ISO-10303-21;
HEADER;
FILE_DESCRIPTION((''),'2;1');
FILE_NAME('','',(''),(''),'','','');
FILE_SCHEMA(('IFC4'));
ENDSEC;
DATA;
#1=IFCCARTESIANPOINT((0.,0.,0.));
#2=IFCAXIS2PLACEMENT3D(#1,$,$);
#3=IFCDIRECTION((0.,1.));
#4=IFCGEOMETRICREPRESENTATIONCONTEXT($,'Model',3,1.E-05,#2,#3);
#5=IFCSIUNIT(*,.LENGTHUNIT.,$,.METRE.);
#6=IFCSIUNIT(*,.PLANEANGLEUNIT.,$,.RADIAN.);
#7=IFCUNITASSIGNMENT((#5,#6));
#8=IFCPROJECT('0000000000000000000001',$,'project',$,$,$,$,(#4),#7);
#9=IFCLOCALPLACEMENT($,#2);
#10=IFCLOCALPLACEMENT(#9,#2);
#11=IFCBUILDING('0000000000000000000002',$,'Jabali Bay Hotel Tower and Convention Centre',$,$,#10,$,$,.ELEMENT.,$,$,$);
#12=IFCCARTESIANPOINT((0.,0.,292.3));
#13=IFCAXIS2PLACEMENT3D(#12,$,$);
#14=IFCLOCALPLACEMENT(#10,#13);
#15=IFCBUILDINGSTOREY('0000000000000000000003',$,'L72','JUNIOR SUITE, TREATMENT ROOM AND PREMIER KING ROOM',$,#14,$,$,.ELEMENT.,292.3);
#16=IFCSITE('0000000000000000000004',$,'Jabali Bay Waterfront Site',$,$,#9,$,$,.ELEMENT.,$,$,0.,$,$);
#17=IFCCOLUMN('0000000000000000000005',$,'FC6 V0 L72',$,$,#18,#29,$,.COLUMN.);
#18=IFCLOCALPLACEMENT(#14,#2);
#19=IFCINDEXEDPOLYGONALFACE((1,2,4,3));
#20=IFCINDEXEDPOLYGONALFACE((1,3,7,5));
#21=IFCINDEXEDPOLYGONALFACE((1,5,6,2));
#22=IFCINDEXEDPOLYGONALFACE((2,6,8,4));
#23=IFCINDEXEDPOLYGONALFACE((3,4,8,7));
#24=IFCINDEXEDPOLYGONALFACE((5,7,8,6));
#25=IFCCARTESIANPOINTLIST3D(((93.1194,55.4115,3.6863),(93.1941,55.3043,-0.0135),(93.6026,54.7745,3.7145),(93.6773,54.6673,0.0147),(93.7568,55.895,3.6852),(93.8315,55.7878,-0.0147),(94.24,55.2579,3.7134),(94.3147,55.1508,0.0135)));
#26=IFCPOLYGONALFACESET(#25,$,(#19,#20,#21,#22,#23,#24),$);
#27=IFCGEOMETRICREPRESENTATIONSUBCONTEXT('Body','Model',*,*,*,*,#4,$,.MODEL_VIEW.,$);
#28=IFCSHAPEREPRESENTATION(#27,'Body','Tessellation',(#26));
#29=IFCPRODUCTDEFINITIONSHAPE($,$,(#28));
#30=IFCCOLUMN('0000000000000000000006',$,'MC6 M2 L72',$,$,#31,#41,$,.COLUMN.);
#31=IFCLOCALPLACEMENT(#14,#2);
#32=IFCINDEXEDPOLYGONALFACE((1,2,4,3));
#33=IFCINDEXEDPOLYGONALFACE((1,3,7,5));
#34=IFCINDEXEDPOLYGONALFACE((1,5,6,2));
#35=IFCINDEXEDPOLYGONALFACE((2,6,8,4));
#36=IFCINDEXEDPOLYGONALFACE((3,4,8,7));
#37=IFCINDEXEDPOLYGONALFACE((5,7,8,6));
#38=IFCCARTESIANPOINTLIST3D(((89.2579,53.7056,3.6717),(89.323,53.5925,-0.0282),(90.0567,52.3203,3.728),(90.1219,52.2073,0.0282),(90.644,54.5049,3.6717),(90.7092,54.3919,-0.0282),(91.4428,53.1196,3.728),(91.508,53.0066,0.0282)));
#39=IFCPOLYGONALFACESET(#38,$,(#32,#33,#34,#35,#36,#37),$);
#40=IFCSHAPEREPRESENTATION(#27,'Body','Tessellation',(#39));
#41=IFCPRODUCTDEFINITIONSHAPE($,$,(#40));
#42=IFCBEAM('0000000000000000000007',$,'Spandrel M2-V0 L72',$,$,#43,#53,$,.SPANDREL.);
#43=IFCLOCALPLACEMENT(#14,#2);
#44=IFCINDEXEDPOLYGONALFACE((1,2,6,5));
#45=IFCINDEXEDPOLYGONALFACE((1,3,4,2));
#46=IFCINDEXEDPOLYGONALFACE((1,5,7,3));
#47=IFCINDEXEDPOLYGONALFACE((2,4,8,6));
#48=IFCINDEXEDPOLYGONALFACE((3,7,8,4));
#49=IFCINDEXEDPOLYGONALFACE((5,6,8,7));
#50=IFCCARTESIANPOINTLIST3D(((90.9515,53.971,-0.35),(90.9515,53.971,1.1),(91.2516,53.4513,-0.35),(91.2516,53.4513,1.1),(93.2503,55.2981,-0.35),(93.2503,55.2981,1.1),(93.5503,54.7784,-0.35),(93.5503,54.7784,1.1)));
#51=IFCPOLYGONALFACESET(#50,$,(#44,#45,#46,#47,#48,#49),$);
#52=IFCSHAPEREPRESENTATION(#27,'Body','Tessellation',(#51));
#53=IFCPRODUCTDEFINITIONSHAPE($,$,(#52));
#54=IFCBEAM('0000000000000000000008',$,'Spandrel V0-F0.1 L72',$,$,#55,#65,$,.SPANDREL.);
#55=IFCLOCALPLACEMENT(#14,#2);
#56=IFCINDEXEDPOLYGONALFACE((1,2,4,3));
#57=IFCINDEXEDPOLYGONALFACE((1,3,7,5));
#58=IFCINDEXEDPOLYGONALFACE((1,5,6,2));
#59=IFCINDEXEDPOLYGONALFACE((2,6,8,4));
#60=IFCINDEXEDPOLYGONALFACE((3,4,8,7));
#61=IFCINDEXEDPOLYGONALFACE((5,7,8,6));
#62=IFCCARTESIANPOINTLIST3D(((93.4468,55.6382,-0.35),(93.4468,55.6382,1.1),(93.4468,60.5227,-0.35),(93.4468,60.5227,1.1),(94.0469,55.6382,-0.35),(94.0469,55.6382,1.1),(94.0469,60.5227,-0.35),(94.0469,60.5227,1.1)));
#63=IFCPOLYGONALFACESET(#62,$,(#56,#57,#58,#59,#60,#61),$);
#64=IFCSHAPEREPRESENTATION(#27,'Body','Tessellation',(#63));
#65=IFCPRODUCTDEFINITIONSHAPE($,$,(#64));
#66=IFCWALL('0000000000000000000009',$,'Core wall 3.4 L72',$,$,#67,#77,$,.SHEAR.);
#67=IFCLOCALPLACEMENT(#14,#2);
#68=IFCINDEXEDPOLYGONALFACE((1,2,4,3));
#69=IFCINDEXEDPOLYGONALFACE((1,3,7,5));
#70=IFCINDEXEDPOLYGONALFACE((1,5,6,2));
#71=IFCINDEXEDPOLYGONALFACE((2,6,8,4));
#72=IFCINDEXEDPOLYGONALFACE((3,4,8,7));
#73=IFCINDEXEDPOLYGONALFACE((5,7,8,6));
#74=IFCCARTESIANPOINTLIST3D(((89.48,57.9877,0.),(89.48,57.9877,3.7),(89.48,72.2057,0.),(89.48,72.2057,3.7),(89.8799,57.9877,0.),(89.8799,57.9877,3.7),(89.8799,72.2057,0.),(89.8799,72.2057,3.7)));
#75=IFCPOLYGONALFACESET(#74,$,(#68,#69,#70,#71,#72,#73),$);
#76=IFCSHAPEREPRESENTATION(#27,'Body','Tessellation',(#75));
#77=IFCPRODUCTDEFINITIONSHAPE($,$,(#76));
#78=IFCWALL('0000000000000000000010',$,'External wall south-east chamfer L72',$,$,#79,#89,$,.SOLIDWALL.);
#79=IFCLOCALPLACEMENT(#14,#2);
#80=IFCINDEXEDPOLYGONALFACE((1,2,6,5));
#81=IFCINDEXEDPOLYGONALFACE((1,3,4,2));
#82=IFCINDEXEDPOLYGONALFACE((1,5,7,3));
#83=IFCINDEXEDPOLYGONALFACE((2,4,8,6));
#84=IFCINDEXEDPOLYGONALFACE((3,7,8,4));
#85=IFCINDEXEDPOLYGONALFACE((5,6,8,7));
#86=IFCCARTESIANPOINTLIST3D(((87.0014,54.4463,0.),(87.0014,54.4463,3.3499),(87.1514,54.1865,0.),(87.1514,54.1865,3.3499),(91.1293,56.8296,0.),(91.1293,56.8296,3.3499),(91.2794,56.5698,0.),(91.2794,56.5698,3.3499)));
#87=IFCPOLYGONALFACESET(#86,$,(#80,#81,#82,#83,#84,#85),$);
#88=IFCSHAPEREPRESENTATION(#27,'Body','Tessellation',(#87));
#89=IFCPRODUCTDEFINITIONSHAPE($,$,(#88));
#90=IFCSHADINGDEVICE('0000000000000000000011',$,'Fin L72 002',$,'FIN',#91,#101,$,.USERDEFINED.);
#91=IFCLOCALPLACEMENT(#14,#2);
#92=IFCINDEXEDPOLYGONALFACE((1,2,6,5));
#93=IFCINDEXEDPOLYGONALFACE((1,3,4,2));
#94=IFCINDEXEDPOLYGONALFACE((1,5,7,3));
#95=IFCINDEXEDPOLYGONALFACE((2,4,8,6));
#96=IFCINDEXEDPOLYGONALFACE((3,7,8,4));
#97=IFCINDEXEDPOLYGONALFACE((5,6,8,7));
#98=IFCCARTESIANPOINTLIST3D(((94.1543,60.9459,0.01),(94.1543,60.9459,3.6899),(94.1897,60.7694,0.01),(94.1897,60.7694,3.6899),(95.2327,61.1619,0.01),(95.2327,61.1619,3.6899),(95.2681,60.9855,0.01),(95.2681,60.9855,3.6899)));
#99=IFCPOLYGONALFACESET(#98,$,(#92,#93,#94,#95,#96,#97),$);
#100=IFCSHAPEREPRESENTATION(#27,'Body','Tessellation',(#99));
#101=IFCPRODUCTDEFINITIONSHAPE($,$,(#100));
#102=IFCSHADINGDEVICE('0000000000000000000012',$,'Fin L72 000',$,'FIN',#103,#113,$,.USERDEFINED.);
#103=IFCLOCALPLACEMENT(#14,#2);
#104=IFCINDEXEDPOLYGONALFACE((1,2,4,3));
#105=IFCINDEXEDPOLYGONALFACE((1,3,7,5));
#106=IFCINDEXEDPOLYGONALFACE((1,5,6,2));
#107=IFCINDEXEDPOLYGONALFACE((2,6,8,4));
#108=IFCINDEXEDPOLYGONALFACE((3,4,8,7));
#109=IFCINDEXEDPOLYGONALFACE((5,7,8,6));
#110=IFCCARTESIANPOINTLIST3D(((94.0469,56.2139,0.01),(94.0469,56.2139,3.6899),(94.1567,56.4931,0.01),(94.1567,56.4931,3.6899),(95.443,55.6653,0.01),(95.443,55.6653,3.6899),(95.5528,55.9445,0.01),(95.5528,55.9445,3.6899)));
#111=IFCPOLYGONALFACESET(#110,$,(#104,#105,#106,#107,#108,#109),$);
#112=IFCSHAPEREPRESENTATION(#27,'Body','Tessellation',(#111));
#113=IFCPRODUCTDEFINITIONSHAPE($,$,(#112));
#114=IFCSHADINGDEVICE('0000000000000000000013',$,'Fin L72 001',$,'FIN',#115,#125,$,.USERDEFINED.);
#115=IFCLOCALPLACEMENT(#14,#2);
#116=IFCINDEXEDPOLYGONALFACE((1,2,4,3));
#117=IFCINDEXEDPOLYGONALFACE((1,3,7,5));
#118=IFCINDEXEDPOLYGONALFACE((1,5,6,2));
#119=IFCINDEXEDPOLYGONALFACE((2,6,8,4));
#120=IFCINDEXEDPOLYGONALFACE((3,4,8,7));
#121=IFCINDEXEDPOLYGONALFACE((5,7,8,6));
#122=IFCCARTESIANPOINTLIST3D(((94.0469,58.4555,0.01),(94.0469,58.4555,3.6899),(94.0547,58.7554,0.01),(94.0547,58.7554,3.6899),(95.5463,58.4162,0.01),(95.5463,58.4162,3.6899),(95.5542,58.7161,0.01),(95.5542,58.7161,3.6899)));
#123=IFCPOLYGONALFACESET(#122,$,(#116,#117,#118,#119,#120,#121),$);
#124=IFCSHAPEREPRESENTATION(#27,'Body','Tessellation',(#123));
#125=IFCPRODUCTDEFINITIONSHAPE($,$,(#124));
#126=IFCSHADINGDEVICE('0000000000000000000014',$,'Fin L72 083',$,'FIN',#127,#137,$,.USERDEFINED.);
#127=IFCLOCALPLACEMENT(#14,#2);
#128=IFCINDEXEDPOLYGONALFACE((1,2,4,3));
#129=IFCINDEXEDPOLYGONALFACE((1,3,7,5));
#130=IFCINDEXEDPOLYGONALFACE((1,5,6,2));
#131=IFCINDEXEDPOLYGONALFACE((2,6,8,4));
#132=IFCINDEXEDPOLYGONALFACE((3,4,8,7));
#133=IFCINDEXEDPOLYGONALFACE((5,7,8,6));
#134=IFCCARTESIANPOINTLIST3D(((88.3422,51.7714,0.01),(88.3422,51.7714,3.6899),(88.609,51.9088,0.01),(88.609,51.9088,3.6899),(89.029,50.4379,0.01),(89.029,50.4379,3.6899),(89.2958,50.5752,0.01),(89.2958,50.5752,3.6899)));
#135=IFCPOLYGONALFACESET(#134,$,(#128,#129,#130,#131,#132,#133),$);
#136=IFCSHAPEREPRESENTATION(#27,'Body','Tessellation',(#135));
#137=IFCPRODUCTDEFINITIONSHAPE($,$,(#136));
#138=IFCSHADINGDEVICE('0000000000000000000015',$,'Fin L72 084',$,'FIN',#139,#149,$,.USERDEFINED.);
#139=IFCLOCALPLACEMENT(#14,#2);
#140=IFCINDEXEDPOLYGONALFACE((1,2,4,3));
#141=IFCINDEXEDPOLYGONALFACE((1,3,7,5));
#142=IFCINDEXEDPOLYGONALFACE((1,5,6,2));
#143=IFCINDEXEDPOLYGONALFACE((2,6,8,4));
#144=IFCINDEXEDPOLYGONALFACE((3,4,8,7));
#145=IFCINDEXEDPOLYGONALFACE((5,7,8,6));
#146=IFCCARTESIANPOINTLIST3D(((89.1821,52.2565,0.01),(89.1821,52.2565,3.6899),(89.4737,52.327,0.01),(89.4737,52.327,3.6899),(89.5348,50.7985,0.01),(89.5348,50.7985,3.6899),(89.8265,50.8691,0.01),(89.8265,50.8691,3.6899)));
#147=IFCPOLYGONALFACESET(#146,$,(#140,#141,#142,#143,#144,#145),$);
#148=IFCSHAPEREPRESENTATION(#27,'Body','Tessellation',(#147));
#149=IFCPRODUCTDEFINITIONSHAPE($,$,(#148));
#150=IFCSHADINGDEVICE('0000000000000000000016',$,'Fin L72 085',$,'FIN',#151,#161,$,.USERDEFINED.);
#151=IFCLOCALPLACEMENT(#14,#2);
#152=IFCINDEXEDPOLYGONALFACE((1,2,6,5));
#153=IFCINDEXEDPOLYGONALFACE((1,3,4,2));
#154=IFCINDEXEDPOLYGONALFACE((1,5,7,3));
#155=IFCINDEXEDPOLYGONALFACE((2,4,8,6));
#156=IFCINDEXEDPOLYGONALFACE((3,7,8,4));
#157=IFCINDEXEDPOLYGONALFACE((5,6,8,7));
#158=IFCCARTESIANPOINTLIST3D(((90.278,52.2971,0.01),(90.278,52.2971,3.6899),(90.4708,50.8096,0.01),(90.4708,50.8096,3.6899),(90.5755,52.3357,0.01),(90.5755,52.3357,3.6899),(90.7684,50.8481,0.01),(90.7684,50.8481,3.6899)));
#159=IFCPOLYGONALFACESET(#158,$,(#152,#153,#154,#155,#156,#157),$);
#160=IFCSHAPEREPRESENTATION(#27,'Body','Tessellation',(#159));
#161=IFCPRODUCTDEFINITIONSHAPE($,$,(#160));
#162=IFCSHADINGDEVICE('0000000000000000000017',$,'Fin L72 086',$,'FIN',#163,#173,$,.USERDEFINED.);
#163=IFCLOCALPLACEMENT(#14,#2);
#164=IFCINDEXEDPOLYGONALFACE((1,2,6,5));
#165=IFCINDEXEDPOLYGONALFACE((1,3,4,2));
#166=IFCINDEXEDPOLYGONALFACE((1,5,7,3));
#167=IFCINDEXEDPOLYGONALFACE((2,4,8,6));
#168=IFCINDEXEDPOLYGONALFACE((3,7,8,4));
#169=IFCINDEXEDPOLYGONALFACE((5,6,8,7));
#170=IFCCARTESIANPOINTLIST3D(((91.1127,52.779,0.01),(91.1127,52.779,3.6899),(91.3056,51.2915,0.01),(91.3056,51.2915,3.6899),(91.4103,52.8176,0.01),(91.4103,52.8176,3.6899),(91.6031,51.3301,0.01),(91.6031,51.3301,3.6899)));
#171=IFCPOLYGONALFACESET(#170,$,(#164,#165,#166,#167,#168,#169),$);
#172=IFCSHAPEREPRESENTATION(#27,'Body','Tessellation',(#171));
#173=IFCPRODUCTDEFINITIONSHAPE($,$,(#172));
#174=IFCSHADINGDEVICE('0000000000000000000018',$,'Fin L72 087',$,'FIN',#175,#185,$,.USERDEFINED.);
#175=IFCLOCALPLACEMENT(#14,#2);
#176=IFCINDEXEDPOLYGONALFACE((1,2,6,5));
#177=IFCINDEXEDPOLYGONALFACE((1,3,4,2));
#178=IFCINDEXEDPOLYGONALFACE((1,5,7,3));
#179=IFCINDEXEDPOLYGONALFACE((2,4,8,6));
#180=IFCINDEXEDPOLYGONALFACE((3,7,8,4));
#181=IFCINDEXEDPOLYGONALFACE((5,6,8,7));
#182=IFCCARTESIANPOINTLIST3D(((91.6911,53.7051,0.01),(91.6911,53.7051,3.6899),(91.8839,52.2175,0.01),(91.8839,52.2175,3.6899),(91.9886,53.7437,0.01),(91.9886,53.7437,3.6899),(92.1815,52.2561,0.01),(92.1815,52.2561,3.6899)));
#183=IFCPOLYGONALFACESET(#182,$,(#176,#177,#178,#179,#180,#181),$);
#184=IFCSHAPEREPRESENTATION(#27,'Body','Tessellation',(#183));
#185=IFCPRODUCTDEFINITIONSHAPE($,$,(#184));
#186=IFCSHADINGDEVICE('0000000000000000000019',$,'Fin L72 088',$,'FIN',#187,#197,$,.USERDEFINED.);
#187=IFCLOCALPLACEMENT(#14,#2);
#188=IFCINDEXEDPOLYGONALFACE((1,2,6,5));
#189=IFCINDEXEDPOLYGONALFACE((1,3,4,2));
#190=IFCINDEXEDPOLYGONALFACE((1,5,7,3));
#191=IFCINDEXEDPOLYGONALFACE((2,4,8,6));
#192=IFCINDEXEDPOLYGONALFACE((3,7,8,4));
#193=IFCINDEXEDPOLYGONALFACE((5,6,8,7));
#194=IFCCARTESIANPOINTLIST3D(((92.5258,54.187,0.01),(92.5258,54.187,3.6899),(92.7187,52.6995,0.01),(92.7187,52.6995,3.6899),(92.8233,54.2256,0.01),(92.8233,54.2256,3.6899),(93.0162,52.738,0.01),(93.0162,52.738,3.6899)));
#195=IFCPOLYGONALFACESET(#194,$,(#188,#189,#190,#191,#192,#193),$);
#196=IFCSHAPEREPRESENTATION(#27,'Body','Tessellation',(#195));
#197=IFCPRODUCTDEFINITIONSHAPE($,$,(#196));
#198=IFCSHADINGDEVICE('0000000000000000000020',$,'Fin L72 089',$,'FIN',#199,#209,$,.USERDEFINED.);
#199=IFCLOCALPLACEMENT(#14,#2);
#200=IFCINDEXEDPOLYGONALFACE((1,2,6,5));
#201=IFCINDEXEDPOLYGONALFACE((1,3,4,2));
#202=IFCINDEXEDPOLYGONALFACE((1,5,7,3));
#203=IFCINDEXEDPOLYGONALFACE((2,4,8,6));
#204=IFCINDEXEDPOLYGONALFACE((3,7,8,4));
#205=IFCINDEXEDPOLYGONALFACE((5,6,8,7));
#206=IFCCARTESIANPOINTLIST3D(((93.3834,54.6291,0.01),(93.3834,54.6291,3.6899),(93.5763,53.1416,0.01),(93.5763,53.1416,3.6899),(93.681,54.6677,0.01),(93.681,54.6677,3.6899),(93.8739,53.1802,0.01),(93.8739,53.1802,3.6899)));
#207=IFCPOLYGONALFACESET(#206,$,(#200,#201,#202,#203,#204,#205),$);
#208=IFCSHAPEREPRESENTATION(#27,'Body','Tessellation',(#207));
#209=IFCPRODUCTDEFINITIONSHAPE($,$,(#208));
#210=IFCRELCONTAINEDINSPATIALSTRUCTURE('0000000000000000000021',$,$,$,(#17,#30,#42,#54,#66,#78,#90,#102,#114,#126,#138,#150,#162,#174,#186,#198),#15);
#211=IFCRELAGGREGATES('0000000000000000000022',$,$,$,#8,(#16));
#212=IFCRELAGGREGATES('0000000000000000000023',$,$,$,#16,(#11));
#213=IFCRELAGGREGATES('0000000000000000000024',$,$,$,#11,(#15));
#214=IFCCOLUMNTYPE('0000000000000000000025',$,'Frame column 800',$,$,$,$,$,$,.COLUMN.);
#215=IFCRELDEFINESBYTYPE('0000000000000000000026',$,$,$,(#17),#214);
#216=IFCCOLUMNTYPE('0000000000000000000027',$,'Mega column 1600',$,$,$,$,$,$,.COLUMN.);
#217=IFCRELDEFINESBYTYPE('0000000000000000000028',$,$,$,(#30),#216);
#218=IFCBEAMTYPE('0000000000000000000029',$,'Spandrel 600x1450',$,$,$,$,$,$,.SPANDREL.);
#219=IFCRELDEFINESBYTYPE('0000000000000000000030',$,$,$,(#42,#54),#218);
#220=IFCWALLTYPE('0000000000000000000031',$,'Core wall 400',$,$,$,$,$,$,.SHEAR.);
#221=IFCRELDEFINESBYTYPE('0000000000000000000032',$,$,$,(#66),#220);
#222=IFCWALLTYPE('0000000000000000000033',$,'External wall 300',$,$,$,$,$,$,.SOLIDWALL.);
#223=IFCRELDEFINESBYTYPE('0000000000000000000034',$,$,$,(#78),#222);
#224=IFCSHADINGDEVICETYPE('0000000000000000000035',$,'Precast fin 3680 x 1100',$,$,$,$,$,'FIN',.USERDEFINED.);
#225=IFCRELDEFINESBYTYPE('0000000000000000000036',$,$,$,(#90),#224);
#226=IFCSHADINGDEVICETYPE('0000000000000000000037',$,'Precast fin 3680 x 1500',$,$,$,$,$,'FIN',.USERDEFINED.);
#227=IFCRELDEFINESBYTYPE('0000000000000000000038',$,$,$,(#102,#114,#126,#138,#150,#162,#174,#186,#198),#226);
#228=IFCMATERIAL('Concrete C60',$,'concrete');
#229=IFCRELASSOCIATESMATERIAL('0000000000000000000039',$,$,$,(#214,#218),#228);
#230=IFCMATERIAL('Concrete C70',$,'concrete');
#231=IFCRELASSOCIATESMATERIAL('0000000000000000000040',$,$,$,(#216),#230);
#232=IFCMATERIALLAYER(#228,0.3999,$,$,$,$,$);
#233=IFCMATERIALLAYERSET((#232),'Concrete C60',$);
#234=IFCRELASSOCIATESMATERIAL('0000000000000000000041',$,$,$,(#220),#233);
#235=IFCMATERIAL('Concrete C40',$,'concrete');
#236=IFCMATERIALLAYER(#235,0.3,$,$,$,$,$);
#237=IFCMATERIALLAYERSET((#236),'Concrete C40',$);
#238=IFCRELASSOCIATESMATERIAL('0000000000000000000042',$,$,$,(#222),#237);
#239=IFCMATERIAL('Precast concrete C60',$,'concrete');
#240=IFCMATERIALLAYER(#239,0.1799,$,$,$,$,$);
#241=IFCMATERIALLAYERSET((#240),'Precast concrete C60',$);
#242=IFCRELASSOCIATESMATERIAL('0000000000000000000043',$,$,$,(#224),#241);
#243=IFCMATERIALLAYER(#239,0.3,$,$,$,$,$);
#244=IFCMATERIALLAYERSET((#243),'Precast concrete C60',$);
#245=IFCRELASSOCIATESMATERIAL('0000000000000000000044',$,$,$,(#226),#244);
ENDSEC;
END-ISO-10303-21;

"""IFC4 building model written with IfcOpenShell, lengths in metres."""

from ifc_helpers import new_model, si_unit, direction, frame, frame_2d, origin, origin_2d, place, context, subcontext, project, spatial, rectangle, extrude, material, layer, layer_set, material_profile, profile_set, type_object, element, save


model = new_model("IFC4")

# Units and contexts
model_context = context("Model", 3, precision=1e-05, world=origin(), true_north=direction((0.0, 1.0)))
body_context = subcontext(model_context, "Body", "Model", "MODEL_VIEW")
ifc_project = project(units=[si_unit("LENGTHUNIT", "METRE"), si_unit("PLANEANGLEUNIT", "RADIAN")], contexts=[model_context])

# Site, building, storey
site_placement = place(None, origin())
site = spatial("IfcSite", under=ifc_project, at=site_placement, Name="Jabali Bay Waterfront Site", CompositionType="ELEMENT", RefElevation=0.0)
building_placement = place(site_placement, origin())
building = spatial("IfcBuilding", under=site, at=building_placement, Name="Jabali Bay Hotel Tower and Convention Centre", CompositionType="ELEMENT")
storey_placement = place(building_placement, frame((0.0, 0.0, 292.3)))
storey = spatial("IfcBuildingStorey", under=building, at=storey_placement, Name="L72", Description="JUNIOR SUITE, TREATMENT ROOM AND PREMIER KING ROOM", CompositionType="ELEMENT", Elevation=292.3)

# Columns
ifc_material_1 = material(Name="Concrete C60", Category="concrete")
ifc_material_profile_1 = material_profile(ifc_material_1, rectangle(XDim=0.8, YDim=0.8, at=origin_2d()), Name="Frame column 800")
ifc_profile_set_1 = profile_set([ifc_material_profile_1], Name="Concrete C60")
column_type_1 = type_object("IfcColumnType", Name="Frame column 800", PredefinedType="COLUMN", material=ifc_profile_set_1)
column_1_placement = place(storey_placement, frame((93.7544, 55.2275, 0.0), z_axis=(-0.020179, 0.028949, 0.999377), x_axis=(-0.796754, -0.604302, 0.001417)))
element("IfcColumn", 1, at=column_1_placement, inside=storey, type_object=column_type_1, Name="FC6 V0 L72", PredefinedType="COLUMN", context=body_context, shape_type="SweptSolid", body=[
    extrude(rectangle(XDim=0.8, YDim=0.8, at=origin_2d()), origin(), (0.0, 0.0, 1.0), 3.7021),
])
ifc_material_2 = material(Name="Concrete C70", Category="concrete")
ifc_material_profile_2 = material_profile(ifc_material_2, rectangle(XDim=1.6001, YDim=1.6001, at=origin_2d()), Name="Mega column 1600")
ifc_profile_set_2 = profile_set([ifc_material_profile_2], Name="Concrete C70")
column_type_2 = type_object("IfcColumnType", Name="Mega column 1600", PredefinedType="COLUMN", material=ifc_profile_set_2)
column_2_placement = place(storey_placement, frame((90.4155, 53.2996, 0.0), z_axis=(-0.017607, 0.030532, 0.999379), x_axis=(0.499244, -0.865744, 0.035245)))
element("IfcColumn", 2, at=column_2_placement, inside=storey, type_object=column_type_2, Name="MC6 M2 L72", PredefinedType="COLUMN", context=body_context, shape_type="SweptSolid", body=[
    extrude(rectangle(XDim=1.6001, YDim=1.6001, at=origin_2d()), origin(), (0.0, 0.0, 1.0), 3.7021),
])

# Beams
ifc_material_profile_3 = material_profile(ifc_material_1, rectangle(XDim=0.6001, YDim=1.45, at=origin_2d()), Name="Spandrel 600x1450")
ifc_profile_set_3 = profile_set([ifc_material_profile_3], Name="Concrete C60")
beam_type = type_object("IfcBeamType", Name="Spandrel 600x1450", PredefinedType="SPANDREL", material=ifc_profile_set_3)
beam_1_placement = place(storey_placement, frame((91.1016, 53.7112, 0.375), z_axis=(0.866039, 0.499977, 0.0), x_axis=(-0.499977, 0.866039, 0.0)))
element("IfcBeam", 3, at=beam_1_placement, inside=storey, type_object=beam_type, Name="Spandrel M2-V0 L72", PredefinedType="SPANDREL", context=body_context, shape_type="SweptSolid", body=[
    extrude(rectangle(XDim=0.6001, YDim=1.45, at=origin_2d()), origin(), (0.0, 0.0, 1.0), 2.6543),
])
beam_2_placement = place(storey_placement, frame((93.7468, 55.6382, 0.375), z_axis=(0.0, 1.0, 0.0), x_axis=(-1.0, 0.0, 0.0)))
element("IfcBeam", 4, at=beam_2_placement, inside=storey, type_object=beam_type, Name="Spandrel V0-F0.1 L72", PredefinedType="SPANDREL", context=body_context, shape_type="SweptSolid", body=[
    extrude(rectangle(XDim=0.6001, YDim=1.45, at=origin_2d()), origin(), (0.0, 0.0, 1.0), 4.8845),
])

# Walls
ifc_layer_1 = layer(ifc_material_1, 0.3999)
ifc_layer_set_1 = layer_set([ifc_layer_1], Name="Concrete C60")
wall_type_1 = type_object("IfcWallType", Name="Core wall 400", PredefinedType="SHEAR", material=ifc_layer_set_1)
wall_1_placement = place(storey_placement, frame((89.6799, 57.9878, 0.0), z_axis=(0.0, 0.0, 1.0), x_axis=(0.0, 1.0, 0.0)))
element("IfcWall", 5, at=wall_1_placement, inside=storey, type_object=wall_type_1, Name="Core wall 3.4 L72", PredefinedType="SHEAR", context=body_context, shape_type="SweptSolid", body=[
    extrude(rectangle(XDim=14.218, YDim=0.3999, at=frame_2d((7.1089, 0.0))), origin(), (0.0, 0.0, 1.0), 3.7),
])
ifc_material_3 = material(Name="Concrete C40", Category="concrete")
ifc_layer_2 = layer(ifc_material_3, 0.3)
ifc_layer_set_2 = layer_set([ifc_layer_2], Name="Concrete C40")
wall_type_2 = type_object("IfcWallType", Name="External wall 300", PredefinedType="SOLIDWALL", material=ifc_layer_set_2)
wall_2_placement = place(storey_placement, frame((91.2043, 56.6997, 0.0), z_axis=(0.0, 0.0, 1.0), x_axis=(-0.866022, -0.500006, 0.0)))
element("IfcWall", 6, at=wall_2_placement, inside=storey, type_object=wall_type_2, Name="External wall south-east chamfer L72", PredefinedType="SOLIDWALL", context=body_context, shape_type="SweptSolid", body=[
    extrude(rectangle(XDim=4.7666, YDim=0.3, at=frame_2d((2.3833, 0.0))), origin(), (0.0, 0.0, 1.0), 3.3499),
])

# Shading devices
ifc_material_4 = material(Name="Precast concrete C60", Category="concrete")
ifc_layer_3 = layer(ifc_material_4, 0.1799)
ifc_layer_set_3 = layer_set([ifc_layer_3], Name="Precast concrete C60")
shading_device_type_1 = type_object("IfcShadingDeviceType", Name="Precast fin 3680 x 1100", ElementType="FIN", PredefinedType="USERDEFINED", material=ifc_layer_set_3)
shading_device_placement = place(storey_placement, frame((94.1721, 60.8577, 0.01), z_axis=(0.0, 0.0, 1.0), x_axis=(0.980512, 0.196458, 0.0)))
element("IfcShadingDevice", 7, at=shading_device_placement, inside=storey, type_object=shading_device_type_1, Name="Fin L72 002", ObjectType="FIN", PredefinedType="USERDEFINED", context=body_context, shape_type="SweptSolid", body=[
    extrude(rectangle(XDim=1.0999, YDim=0.1799, at=frame_2d((0.5498, 0.0))), origin(), (0.0, 0.0, 1.0), 3.6799),
])
ifc_layer_4 = layer(ifc_material_4, 0.3)
ifc_layer_set_4 = layer_set([ifc_layer_4], Name="Precast concrete C60")
shading_device_type_2 = type_object("IfcShadingDeviceType", Name="Precast fin 3680 x 1500", ElementType="FIN", PredefinedType="USERDEFINED", material=ifc_layer_set_4)
for number, where, z_axis, x_axis, name in (
    (8, (94.1018, 56.3535, 0.01), (0.0, 0.0, 1.0), (0.930716, -0.365743, 0.0), "Fin L72 000"),
    (9, (94.0508, 58.6055, 0.01), (0.0, 0.0, 1.0), (0.999657, -0.026204, 0.0), "Fin L72 001"),
    (10, (88.4756, 51.8401, 0.01), (0.0, 0.0, 1.0), (0.457859, -0.889025, 0.0), "Fin L72 083"),
    (11, (89.3279, 52.2917, 0.01), (0.0, 0.0, 1.0), (0.235176, -0.971953, 0.0), "Fin L72 084"),
    (12, (90.4268, 52.3164, 0.01), (0.0, 0.0, 1.0), (0.128581, -0.991699, 0.0), "Fin L72 085"),
    (13, (91.2615, 52.7983, 0.01), (0.0, 0.0, 1.0), (0.128581, -0.991699, 0.0), "Fin L72 086"),
    (14, (91.8398, 53.7244, 0.01), (0.0, 0.0, 1.0), (0.128581, -0.991699, 0.0), "Fin L72 087"),
    (15, (92.6746, 54.2063, 0.01), (0.0, 0.0, 1.0), (0.128581, -0.991699, 0.0), "Fin L72 088"),
    (16, (93.5322, 54.6484, 0.01), (0.0, 0.0, 1.0), (0.128581, -0.991699, 0.0), "Fin L72 089"),
):
    element("IfcShadingDevice", number, at=place(storey_placement, frame(where, z_axis=z_axis, x_axis=x_axis)), inside=storey, type_object=shading_device_type_2, Name=name, ObjectType="FIN", PredefinedType="USERDEFINED", context=body_context, shape_type="SweptSolid", body=[
        extrude(rectangle(XDim=1.5, YDim=0.3, at=frame_2d((0.75, 0.0))), origin(), (0.0, 0.0, 1.0), 3.6799),
    ])

save(model, "model.ifc")
